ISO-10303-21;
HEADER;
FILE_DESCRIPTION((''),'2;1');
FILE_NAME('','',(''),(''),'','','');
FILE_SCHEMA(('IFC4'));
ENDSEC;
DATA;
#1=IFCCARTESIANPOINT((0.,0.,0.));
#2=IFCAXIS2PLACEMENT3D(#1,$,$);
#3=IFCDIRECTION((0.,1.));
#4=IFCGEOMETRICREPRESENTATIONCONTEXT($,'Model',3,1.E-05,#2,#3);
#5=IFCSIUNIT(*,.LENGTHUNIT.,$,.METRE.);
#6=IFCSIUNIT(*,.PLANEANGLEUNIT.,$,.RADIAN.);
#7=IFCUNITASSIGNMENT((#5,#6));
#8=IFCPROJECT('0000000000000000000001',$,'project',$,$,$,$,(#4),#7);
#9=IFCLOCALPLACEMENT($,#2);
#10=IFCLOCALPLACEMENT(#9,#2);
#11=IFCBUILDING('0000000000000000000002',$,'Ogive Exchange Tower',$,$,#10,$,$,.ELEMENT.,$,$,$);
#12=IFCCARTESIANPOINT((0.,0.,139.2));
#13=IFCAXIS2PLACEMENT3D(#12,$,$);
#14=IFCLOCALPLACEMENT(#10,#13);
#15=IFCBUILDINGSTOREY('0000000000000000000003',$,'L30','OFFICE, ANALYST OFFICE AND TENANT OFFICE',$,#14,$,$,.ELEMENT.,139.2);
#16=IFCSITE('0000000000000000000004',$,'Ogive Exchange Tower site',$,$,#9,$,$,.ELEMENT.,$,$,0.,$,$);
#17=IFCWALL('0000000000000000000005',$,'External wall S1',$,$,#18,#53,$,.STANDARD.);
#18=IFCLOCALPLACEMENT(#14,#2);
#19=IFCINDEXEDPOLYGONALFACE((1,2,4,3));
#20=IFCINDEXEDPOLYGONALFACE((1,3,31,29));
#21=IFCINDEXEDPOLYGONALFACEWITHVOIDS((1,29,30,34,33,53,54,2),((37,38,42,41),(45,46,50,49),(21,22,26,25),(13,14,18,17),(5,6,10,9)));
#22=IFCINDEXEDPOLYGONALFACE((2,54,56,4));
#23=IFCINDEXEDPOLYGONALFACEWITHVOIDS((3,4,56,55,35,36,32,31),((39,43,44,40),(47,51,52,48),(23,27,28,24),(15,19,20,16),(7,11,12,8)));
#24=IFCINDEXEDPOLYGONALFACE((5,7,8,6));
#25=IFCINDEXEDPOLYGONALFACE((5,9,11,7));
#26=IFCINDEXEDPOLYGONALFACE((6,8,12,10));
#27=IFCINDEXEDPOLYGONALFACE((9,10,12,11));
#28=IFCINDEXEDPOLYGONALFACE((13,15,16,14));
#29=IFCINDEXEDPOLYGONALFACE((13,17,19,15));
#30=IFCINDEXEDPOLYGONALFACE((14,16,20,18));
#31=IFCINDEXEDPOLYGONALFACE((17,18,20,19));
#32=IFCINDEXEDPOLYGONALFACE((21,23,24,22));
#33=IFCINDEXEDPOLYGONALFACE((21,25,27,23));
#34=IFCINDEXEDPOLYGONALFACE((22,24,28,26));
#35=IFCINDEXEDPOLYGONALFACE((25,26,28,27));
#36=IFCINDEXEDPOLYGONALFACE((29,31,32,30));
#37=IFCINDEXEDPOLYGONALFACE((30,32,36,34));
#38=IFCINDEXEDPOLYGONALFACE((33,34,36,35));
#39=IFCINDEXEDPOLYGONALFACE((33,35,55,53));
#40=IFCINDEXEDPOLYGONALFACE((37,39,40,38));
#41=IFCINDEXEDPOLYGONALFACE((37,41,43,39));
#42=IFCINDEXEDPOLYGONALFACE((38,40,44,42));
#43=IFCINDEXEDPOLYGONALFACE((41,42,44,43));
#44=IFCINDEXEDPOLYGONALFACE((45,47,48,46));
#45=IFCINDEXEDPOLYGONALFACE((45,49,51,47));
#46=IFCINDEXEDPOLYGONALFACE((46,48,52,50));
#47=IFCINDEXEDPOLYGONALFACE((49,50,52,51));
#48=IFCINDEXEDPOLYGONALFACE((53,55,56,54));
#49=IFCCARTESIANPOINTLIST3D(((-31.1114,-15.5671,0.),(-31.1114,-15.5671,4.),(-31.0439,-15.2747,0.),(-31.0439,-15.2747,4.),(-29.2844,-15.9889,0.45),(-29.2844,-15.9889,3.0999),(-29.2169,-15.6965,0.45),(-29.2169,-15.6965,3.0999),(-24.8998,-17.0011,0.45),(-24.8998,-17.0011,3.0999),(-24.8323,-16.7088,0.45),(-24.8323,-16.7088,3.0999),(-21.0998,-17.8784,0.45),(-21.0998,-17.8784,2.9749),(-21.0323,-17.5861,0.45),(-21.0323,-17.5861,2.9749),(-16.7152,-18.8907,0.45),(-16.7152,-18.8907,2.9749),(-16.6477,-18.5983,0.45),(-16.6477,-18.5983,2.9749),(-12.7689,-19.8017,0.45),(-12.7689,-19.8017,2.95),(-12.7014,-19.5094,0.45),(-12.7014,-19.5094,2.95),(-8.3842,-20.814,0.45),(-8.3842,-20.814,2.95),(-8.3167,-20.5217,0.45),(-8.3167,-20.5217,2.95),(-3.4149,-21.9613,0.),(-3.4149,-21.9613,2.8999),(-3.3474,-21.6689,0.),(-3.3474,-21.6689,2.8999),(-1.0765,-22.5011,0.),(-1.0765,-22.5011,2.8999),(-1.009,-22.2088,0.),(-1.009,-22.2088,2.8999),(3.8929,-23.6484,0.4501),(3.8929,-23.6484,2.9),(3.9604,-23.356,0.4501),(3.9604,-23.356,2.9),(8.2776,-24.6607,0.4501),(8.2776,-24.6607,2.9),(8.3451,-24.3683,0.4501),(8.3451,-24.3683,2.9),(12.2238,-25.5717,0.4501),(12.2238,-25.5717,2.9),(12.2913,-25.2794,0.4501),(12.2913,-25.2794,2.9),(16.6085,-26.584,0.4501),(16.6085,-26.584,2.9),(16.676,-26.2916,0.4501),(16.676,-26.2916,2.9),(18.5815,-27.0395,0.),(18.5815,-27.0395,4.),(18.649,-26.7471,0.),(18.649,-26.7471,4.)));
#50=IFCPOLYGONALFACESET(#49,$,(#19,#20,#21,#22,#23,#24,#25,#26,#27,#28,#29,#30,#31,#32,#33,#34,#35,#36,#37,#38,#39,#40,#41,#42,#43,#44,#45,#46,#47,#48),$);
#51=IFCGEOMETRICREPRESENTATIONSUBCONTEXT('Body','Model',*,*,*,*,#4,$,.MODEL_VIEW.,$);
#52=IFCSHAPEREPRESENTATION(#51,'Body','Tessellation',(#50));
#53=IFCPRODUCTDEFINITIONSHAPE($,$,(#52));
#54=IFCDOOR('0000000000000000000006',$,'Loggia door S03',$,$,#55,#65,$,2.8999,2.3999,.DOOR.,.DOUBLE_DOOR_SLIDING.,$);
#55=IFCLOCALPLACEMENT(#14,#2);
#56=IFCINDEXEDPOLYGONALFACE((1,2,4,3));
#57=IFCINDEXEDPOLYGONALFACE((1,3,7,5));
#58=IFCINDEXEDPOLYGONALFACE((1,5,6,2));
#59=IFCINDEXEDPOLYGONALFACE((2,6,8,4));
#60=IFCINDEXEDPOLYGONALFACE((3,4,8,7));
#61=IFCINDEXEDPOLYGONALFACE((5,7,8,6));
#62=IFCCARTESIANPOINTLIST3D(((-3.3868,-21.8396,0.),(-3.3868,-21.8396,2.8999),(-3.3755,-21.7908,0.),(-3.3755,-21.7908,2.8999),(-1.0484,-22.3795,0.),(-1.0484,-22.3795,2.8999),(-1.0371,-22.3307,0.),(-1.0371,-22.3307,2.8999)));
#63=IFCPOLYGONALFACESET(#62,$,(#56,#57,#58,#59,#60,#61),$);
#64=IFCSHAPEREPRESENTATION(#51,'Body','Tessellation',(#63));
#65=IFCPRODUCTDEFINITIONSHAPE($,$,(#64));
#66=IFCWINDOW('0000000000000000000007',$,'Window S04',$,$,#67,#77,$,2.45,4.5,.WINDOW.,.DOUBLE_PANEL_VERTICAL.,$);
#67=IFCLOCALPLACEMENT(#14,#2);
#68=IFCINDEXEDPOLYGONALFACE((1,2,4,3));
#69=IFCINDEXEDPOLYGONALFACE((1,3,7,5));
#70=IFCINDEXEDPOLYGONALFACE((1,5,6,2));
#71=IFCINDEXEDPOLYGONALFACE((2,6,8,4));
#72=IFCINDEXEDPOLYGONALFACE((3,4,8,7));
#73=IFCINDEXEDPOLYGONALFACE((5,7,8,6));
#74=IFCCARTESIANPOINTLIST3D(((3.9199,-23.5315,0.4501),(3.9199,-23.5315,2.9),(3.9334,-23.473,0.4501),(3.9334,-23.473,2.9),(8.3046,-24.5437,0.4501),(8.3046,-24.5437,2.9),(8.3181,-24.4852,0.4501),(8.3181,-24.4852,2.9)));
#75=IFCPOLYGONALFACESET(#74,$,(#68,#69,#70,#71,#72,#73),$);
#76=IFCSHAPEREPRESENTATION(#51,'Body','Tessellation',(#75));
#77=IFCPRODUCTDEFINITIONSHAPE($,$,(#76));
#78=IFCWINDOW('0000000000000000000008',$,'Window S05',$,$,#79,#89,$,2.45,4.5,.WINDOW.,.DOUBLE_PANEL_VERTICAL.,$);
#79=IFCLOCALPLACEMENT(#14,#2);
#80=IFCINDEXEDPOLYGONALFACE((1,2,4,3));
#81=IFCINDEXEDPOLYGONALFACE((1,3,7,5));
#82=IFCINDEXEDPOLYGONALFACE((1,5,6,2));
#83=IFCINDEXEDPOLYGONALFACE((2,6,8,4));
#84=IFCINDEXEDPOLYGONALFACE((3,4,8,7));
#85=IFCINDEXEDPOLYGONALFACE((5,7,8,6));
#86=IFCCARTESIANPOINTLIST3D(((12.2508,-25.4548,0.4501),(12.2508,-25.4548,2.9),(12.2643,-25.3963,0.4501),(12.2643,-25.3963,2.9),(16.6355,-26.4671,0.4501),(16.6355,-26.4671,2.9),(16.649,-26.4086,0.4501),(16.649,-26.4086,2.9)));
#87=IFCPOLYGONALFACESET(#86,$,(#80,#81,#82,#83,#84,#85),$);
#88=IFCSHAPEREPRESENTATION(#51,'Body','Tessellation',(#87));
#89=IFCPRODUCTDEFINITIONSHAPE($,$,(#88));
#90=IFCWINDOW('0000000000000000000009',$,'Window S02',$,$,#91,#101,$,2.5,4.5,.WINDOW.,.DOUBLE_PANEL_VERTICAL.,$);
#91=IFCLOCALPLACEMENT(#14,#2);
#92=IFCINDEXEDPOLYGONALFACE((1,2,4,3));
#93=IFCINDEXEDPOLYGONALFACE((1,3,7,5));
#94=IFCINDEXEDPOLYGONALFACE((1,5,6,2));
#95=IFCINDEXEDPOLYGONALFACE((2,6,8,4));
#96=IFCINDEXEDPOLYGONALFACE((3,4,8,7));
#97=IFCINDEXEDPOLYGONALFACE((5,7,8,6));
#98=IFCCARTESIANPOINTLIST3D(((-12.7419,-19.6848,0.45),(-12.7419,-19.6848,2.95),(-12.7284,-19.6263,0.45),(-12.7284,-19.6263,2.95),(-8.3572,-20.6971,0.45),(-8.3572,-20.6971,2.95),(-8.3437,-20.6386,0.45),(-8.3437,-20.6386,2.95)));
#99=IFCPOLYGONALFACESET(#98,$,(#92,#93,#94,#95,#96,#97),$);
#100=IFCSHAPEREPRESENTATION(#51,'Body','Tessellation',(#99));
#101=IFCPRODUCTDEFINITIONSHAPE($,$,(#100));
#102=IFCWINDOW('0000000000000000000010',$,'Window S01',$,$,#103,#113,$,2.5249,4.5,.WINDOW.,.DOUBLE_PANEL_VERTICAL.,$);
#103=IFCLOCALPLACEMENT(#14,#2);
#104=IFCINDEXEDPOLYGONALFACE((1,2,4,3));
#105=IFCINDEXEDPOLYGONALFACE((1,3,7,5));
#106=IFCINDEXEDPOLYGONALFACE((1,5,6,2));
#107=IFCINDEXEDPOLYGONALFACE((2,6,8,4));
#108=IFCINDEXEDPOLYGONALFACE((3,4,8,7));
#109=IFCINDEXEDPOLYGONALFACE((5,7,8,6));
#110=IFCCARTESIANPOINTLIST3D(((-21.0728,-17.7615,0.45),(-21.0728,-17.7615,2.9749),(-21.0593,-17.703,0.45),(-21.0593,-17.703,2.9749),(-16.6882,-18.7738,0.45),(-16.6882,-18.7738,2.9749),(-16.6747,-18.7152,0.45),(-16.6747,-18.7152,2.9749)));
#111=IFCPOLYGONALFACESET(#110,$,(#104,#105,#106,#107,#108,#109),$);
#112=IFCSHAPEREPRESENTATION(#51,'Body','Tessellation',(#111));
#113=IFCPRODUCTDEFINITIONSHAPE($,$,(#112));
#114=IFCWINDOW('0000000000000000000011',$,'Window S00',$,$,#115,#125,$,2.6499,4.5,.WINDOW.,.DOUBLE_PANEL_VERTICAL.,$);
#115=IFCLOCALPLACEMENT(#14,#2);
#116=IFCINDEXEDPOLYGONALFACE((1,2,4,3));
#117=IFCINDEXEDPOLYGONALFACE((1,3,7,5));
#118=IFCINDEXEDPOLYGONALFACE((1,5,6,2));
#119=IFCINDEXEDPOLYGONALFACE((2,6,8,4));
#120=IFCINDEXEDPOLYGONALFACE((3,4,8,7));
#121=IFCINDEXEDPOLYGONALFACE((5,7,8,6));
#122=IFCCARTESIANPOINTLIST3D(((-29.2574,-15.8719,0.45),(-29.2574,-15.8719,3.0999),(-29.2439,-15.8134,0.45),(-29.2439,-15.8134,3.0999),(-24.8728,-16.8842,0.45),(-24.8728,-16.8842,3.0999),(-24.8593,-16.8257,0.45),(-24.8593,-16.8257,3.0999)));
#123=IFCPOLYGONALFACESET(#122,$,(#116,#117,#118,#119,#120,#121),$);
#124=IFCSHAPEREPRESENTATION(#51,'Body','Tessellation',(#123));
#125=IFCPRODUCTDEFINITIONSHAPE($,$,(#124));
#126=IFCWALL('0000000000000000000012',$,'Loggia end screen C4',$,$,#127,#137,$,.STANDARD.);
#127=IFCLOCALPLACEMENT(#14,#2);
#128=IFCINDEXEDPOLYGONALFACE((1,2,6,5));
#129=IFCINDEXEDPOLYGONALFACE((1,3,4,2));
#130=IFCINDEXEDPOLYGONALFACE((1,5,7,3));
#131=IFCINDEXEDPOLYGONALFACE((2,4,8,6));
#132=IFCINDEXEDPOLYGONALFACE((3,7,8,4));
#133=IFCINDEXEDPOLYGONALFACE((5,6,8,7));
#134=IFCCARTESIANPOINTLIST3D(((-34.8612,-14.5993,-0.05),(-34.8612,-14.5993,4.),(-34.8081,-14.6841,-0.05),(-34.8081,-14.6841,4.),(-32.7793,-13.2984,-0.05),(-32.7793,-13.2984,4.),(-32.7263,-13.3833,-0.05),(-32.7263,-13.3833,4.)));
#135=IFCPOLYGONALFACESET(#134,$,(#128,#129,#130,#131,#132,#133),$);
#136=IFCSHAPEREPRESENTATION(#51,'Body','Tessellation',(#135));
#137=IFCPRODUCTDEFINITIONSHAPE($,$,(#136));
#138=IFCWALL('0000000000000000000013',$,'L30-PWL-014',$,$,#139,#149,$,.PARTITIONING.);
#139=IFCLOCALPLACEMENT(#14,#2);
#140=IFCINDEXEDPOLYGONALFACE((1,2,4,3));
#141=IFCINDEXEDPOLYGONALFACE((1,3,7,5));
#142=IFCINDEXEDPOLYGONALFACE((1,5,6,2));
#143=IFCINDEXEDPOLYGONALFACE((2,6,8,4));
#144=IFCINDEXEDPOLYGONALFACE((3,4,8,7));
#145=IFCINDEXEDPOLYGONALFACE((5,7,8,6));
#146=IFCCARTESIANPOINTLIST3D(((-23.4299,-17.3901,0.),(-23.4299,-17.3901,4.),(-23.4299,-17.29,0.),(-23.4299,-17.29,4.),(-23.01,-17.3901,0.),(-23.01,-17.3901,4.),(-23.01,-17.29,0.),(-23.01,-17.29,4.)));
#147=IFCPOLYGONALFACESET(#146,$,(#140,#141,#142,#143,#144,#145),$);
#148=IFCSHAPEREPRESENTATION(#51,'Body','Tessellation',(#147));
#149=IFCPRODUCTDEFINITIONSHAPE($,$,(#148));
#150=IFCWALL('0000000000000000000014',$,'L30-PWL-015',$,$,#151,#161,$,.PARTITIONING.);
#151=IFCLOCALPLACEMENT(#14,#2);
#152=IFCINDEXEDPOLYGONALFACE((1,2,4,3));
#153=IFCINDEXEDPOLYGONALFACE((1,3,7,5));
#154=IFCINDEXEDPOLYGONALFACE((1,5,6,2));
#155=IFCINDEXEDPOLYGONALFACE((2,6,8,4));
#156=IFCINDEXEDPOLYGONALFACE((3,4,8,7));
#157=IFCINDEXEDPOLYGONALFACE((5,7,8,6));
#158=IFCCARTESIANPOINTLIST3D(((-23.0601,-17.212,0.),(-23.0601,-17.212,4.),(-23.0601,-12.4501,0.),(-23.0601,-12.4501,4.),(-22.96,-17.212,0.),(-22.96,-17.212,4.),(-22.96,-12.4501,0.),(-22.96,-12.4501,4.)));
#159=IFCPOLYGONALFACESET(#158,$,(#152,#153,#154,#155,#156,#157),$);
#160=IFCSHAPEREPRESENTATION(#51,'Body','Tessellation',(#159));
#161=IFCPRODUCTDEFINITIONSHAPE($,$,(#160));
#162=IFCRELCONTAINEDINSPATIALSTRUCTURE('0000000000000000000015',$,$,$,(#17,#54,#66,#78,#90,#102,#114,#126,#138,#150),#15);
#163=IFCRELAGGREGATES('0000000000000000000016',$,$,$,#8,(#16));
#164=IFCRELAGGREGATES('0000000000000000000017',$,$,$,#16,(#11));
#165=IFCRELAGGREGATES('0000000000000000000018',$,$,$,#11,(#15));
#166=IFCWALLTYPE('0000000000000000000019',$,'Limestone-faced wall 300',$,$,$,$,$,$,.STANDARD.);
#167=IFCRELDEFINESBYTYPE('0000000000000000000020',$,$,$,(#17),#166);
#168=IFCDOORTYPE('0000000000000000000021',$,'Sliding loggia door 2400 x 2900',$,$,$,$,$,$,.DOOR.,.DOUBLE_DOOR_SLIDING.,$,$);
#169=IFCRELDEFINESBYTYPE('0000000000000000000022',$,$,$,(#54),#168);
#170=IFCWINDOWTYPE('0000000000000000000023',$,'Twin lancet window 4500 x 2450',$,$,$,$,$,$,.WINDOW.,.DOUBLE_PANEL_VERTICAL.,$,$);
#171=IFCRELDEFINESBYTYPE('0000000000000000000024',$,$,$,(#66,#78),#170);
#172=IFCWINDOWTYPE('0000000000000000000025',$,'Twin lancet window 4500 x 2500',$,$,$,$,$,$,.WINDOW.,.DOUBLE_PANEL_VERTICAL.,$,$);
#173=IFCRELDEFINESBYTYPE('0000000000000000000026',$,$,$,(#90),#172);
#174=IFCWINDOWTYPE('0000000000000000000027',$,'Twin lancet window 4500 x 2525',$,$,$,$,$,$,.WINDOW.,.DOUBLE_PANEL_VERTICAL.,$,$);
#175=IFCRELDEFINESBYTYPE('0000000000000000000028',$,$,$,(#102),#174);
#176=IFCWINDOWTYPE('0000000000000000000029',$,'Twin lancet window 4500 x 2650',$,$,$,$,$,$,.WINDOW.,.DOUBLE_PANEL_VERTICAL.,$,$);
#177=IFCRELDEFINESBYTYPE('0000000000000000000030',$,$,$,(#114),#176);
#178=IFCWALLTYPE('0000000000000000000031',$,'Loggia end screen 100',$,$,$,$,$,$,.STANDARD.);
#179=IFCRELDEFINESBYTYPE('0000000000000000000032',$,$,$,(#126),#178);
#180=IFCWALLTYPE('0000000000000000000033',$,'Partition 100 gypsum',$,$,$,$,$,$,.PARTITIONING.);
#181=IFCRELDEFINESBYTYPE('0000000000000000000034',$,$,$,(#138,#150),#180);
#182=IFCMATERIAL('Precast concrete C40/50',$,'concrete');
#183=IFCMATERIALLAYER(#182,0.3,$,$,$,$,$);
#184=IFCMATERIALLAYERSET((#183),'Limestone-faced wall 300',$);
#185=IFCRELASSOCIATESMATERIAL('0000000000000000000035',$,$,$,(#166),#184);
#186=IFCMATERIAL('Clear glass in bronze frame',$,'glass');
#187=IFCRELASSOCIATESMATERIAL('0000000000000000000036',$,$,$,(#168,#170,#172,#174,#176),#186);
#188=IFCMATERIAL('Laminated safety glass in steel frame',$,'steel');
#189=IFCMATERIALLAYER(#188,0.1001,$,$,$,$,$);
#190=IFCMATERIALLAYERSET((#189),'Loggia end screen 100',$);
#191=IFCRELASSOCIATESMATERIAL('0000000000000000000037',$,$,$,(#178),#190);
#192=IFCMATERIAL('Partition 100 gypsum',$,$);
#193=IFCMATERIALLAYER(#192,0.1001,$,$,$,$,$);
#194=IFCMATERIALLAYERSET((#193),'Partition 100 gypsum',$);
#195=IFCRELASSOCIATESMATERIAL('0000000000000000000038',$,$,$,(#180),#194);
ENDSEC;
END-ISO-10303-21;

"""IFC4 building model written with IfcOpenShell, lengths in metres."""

from ifc_helpers import new_model, si_unit, direction, frame, frame_2d, origin, place, context, subcontext, project, spatial, rectangle, extrude, material, layer, layer_set, type_object, element, fill, save


model = new_model("IFC4")

# Units and contexts
model_context = context("Model", 3, precision=1e-05, world=origin(), true_north=direction((0.0, 1.0)))
body_context = subcontext(model_context, "Body", "Model", "MODEL_VIEW")
ifc_project = project(units=[si_unit("LENGTHUNIT", "METRE"), si_unit("PLANEANGLEUNIT", "RADIAN")], contexts=[model_context])

# Site, building, storey
site_placement = place(None, origin())
site = spatial("IfcSite", under=ifc_project, at=site_placement, Name="Ogive Exchange Tower site", CompositionType="ELEMENT", RefElevation=0.0)
building_placement = place(site_placement, origin())
building = spatial("IfcBuilding", under=site, at=building_placement, Name="Ogive Exchange Tower", CompositionType="ELEMENT")
storey_placement = place(building_placement, frame((0.0, 0.0, 139.2)))
storey = spatial("IfcBuildingStorey", under=building, at=storey_placement, Name="L30", Description="OFFICE, ANALYST OFFICE AND TENANT OFFICE", CompositionType="ELEMENT", Elevation=139.2)

# Wall, openings, door, windows
ifc_material_1 = material(Name="Precast concrete C40/50", Category="concrete")
ifc_layer_1 = layer(ifc_material_1, 0.3)
ifc_layer_set_1 = layer_set([ifc_layer_1], Name="Limestone-faced wall 300")
wall_type_1 = type_object("IfcWallType", Name="Limestone-faced wall 300", PredefinedType="STANDARD", material=ifc_layer_set_1)
wall_1_placement = place(storey_placement, frame((-31.0776, -15.4209, 0.0), z_axis=(0.0, 0.0, 1.0), x_axis=(0.97437, -0.224949, 0.0)))
wall_1 = element("IfcWall", 1, at=wall_1_placement, inside=storey, type_object=wall_type_1, Name="External wall S1", PredefinedType="STANDARD", context=body_context, shape_type="SweptSolid", body=[
    extrude(rectangle(XDim=51.0, YDim=0.3, at=frame_2d((25.5, 0.0))), origin(), (0.0, 0.0, 1.0), 4.0),
])
opening_1_placement = place(wall_1_placement, frame((1.875, 0.0, 0.45)))
opening_1 = element("IfcOpeningElement", 2, at=opening_1_placement, cuts=wall_1, PredefinedType="OPENING", context=body_context, shape_type="SweptSolid", body=[
    extrude(rectangle(XDim=4.5, YDim=2.6499, at=frame_2d((2.25, 1.325))), frame((0.0, 0.1599, 0.0), z_axis=(0.0, -1.0, 0.0), x_axis=(1.0, 0.0, 0.0)), (0.0, 0.0, 1.0), 0.3201),
])
opening_2_placement = place(wall_1_placement, frame((10.2749, 0.0, 0.45)))
opening_2 = element("IfcOpeningElement", 3, at=opening_2_placement, cuts=wall_1, PredefinedType="OPENING", context=body_context, shape_type="SweptSolid", body=[
    extrude(rectangle(XDim=4.5, YDim=2.5249, at=frame_2d((2.25, 1.2625))), frame((0.0, 0.1599, 0.0), z_axis=(0.0, -1.0, 0.0), x_axis=(1.0, 0.0, 0.0)), (0.0, 0.0, 1.0), 0.3201),
])
opening_3_placement = place(wall_1_placement, frame((18.825, 0.0, 0.45)))
opening_3 = element("IfcOpeningElement", 4, at=opening_3_placement, cuts=wall_1, PredefinedType="OPENING", context=body_context, shape_type="SweptSolid", body=[
    extrude(rectangle(XDim=4.5, YDim=2.5, at=frame_2d((2.25, 1.25))), frame((0.0, 0.1599, 0.0), z_axis=(0.0, -1.0, 0.0), x_axis=(1.0, 0.0, 0.0)), (0.0, 0.0, 1.0), 0.3201),
])
opening_4_placement = place(wall_1_placement, frame((28.425, 0.0, 0.0)))
opening_4 = element("IfcOpeningElement", 5, at=opening_4_placement, cuts=wall_1, PredefinedType="OPENING", context=body_context, shape_type="SweptSolid", body=[
    extrude(rectangle(XDim=2.3999, YDim=2.8999, at=frame_2d((1.2, 1.45))), frame((0.0, 0.1599, 0.0), z_axis=(0.0, -1.0, 0.0), x_axis=(1.0, 0.0, 0.0)), (0.0, 0.0, 1.0), 0.3201),
])
opening_5_placement = place(wall_1_placement, frame((35.925, 0.0, 0.45)))
opening_5 = element("IfcOpeningElement", 6, at=opening_5_placement, cuts=wall_1, PredefinedType="OPENING", context=body_context, shape_type="SweptSolid", body=[
    extrude(rectangle(XDim=4.5, YDim=2.45, at=frame_2d((2.25, 1.2251))), frame((0.0, 0.1599, 0.0), z_axis=(0.0, -1.0, 0.0), x_axis=(1.0, 0.0, 0.0)), (0.0, 0.0, 1.0), 0.3201),
])
opening_6_placement = place(wall_1_placement, frame((44.4751, 0.0, 0.45)))
opening_6 = element("IfcOpeningElement", 7, at=opening_6_placement, cuts=wall_1, PredefinedType="OPENING", context=body_context, shape_type="SweptSolid", body=[
    extrude(rectangle(XDim=4.5, YDim=2.45, at=frame_2d((2.25, 1.2251))), frame((0.0, 0.1599, 0.0), z_axis=(0.0, -1.0, 0.0), x_axis=(1.0, 0.0, 0.0)), (0.0, 0.0, 1.0), 0.3201),
])
ifc_material_2 = material(Name="Clear glass in bronze frame", Category="glass")
door_type_1 = type_object("IfcDoorType", Name="Sliding loggia door 2400 x 2900", OperationType="DOUBLE_DOOR_SLIDING", PredefinedType="DOOR", material=ifc_material_2)
door_1_placement = place(opening_4_placement, origin())
door_1 = element("IfcDoor", 8, at=door_1_placement, inside=storey, type_object=door_type_1, Name="Loggia door S03", OperationType="DOUBLE_DOOR_SLIDING", OverallHeight=2.8999, OverallWidth=2.3999, PredefinedType="DOOR", context=body_context, shape_type="SweptSolid", body=[
    extrude(rectangle(XDim=2.3999, YDim=2.8999, at=frame_2d((1.2, 1.45))), frame((0.0, 0.0249, 0.0), z_axis=(0.0, -1.0, 0.0), x_axis=(1.0, 0.0, 0.0)), (0.0, 0.0, 1.0), 0.05),
])
fill(opening_4, door_1)
window_type_1 = type_object("IfcWindowType", Name="Twin lancet window 4500 x 2450", PartitioningType="DOUBLE_PANEL_VERTICAL", PredefinedType="WINDOW", material=ifc_material_2)
window_1_placement = place(opening_5_placement, origin())
window_1 = element("IfcWindow", 9, at=window_1_placement, inside=storey, type_object=window_type_1, Name="Window S04", OverallHeight=2.45, OverallWidth=4.5, PartitioningType="DOUBLE_PANEL_VERTICAL", PredefinedType="WINDOW", context=body_context, shape_type="SweptSolid", body=[
    extrude(rectangle(XDim=4.5, YDim=2.45, at=frame_2d((2.25, 1.2251))), frame((0.0, 0.03, 0.0), z_axis=(0.0, -1.0, 0.0), x_axis=(1.0, 0.0, 0.0)), (0.0, 0.0, 1.0), 0.0601),
])
fill(opening_5, window_1)
window_2_placement = place(opening_6_placement, origin())
window_2 = element("IfcWindow", 10, at=window_2_placement, inside=storey, type_object=window_type_1, Name="Window S05", OverallHeight=2.45, OverallWidth=4.5, PartitioningType="DOUBLE_PANEL_VERTICAL", PredefinedType="WINDOW", context=body_context, shape_type="SweptSolid", body=[
    extrude(rectangle(XDim=4.5, YDim=2.45, at=frame_2d((2.25, 1.2251))), frame((0.0, 0.03, 0.0), z_axis=(0.0, -1.0, 0.0), x_axis=(1.0, 0.0, 0.0)), (0.0, 0.0, 1.0), 0.0601),
])
fill(opening_6, window_2)
window_type_2 = type_object("IfcWindowType", Name="Twin lancet window 4500 x 2500", PartitioningType="DOUBLE_PANEL_VERTICAL", PredefinedType="WINDOW", material=ifc_material_2)
window_3_placement = place(opening_3_placement, origin())
window_3 = element("IfcWindow", 11, at=window_3_placement, inside=storey, type_object=window_type_2, Name="Window S02", OverallHeight=2.5, OverallWidth=4.5, PartitioningType="DOUBLE_PANEL_VERTICAL", PredefinedType="WINDOW", context=body_context, shape_type="SweptSolid", body=[
    extrude(rectangle(XDim=4.5, YDim=2.5, at=frame_2d((2.25, 1.25))), frame((0.0, 0.03, 0.0), z_axis=(0.0, -1.0, 0.0), x_axis=(1.0, 0.0, 0.0)), (0.0, 0.0, 1.0), 0.0601),
])
fill(opening_3, window_3)
window_type_3 = type_object("IfcWindowType", Name="Twin lancet window 4500 x 2525", PartitioningType="DOUBLE_PANEL_VERTICAL", PredefinedType="WINDOW", material=ifc_material_2)
window_4_placement = place(opening_2_placement, origin())
window_4 = element("IfcWindow", 12, at=window_4_placement, inside=storey, type_object=window_type_3, Name="Window S01", OverallHeight=2.5249, OverallWidth=4.5, PartitioningType="DOUBLE_PANEL_VERTICAL", PredefinedType="WINDOW", context=body_context, shape_type="SweptSolid", body=[
    extrude(rectangle(XDim=4.5, YDim=2.5249, at=frame_2d((2.25, 1.2625))), frame((0.0, 0.03, 0.0), z_axis=(0.0, -1.0, 0.0), x_axis=(1.0, 0.0, 0.0)), (0.0, 0.0, 1.0), 0.0601),
])
fill(opening_2, window_4)
window_type_4 = type_object("IfcWindowType", Name="Twin lancet window 4500 x 2650", PartitioningType="DOUBLE_PANEL_VERTICAL", PredefinedType="WINDOW", material=ifc_material_2)
window_5_placement = place(opening_1_placement, origin())
window_5 = element("IfcWindow", 13, at=window_5_placement, inside=storey, type_object=window_type_4, Name="Window S00", OverallHeight=2.6499, OverallWidth=4.5, PartitioningType="DOUBLE_PANEL_VERTICAL", PredefinedType="WINDOW", context=body_context, shape_type="SweptSolid", body=[
    extrude(rectangle(XDim=4.5, YDim=2.6499, at=frame_2d((2.25, 1.325))), frame((0.0, 0.03, 0.0), z_axis=(0.0, -1.0, 0.0), x_axis=(1.0, 0.0, 0.0)), (0.0, 0.0, 1.0), 0.0601),
])
fill(opening_1, window_5)

# Walls
ifc_material_3 = material(Name="Laminated safety glass in steel frame", Category="steel")
ifc_layer_2 = layer(ifc_material_3, 0.1001)
ifc_layer_set_2 = layer_set([ifc_layer_2], Name="Loggia end screen 100")
wall_type_2 = type_object("IfcWallType", Name="Loggia end screen 100", PredefinedType="STANDARD", material=ifc_layer_set_2)
wall_2_placement = place(storey_placement, frame((-32.7527, -13.3408, -0.05), z_axis=(0.0, 0.0, 1.0), x_axis=(-0.84806, -0.529901, 0.0)))
element("IfcWall", 14, at=wall_2_placement, inside=storey, type_object=wall_type_2, Name="Loggia end screen C4", PredefinedType="STANDARD", context=body_context, shape_type="SweptSolid", body=[
    extrude(rectangle(XDim=2.4548, YDim=0.1001, at=frame_2d((1.2275, 0.0))), origin(), (0.0, 0.0, 1.0), 4.05),
])
ifc_material_4 = material(Name="Partition 100 gypsum")
ifc_layer_3 = layer(ifc_material_4, 0.1001)
ifc_layer_set_3 = layer_set([ifc_layer_3], Name="Partition 100 gypsum")
wall_type_3 = type_object("IfcWallType", Name="Partition 100 gypsum", PredefinedType="PARTITIONING", material=ifc_layer_set_3)
wall_3_placement = place(storey_placement, frame((-23.4299, -17.3401, 0.0), z_axis=(0.0, 0.0, 1.0), x_axis=(1.0, 0.0, 0.0)))
element("IfcWall", 15, at=wall_3_placement, inside=storey, type_object=wall_type_3, Name="L30-PWL-014", PredefinedType="PARTITIONING", context=body_context, shape_type="SweptSolid", body=[
    extrude(rectangle(XDim=0.4199, YDim=0.1001, at=frame_2d((0.21, 0.0))), origin(), (0.0, 0.0, 1.0), 4.0),
])
wall_4_placement = place(storey_placement, frame((-23.01, -17.2119, 0.0), z_axis=(0.0, 0.0, 1.0), x_axis=(0.0, 1.0, 0.0)))
element("IfcWall", 16, at=wall_4_placement, inside=storey, type_object=wall_type_3, Name="L30-PWL-015", PredefinedType="PARTITIONING", context=body_context, shape_type="SweptSolid", body=[
    extrude(rectangle(XDim=4.762, YDim=0.1001, at=frame_2d((2.3809, 0.0))), origin(), (0.0, 0.0, 1.0), 4.0),
])

save(model, "model.ifc")
